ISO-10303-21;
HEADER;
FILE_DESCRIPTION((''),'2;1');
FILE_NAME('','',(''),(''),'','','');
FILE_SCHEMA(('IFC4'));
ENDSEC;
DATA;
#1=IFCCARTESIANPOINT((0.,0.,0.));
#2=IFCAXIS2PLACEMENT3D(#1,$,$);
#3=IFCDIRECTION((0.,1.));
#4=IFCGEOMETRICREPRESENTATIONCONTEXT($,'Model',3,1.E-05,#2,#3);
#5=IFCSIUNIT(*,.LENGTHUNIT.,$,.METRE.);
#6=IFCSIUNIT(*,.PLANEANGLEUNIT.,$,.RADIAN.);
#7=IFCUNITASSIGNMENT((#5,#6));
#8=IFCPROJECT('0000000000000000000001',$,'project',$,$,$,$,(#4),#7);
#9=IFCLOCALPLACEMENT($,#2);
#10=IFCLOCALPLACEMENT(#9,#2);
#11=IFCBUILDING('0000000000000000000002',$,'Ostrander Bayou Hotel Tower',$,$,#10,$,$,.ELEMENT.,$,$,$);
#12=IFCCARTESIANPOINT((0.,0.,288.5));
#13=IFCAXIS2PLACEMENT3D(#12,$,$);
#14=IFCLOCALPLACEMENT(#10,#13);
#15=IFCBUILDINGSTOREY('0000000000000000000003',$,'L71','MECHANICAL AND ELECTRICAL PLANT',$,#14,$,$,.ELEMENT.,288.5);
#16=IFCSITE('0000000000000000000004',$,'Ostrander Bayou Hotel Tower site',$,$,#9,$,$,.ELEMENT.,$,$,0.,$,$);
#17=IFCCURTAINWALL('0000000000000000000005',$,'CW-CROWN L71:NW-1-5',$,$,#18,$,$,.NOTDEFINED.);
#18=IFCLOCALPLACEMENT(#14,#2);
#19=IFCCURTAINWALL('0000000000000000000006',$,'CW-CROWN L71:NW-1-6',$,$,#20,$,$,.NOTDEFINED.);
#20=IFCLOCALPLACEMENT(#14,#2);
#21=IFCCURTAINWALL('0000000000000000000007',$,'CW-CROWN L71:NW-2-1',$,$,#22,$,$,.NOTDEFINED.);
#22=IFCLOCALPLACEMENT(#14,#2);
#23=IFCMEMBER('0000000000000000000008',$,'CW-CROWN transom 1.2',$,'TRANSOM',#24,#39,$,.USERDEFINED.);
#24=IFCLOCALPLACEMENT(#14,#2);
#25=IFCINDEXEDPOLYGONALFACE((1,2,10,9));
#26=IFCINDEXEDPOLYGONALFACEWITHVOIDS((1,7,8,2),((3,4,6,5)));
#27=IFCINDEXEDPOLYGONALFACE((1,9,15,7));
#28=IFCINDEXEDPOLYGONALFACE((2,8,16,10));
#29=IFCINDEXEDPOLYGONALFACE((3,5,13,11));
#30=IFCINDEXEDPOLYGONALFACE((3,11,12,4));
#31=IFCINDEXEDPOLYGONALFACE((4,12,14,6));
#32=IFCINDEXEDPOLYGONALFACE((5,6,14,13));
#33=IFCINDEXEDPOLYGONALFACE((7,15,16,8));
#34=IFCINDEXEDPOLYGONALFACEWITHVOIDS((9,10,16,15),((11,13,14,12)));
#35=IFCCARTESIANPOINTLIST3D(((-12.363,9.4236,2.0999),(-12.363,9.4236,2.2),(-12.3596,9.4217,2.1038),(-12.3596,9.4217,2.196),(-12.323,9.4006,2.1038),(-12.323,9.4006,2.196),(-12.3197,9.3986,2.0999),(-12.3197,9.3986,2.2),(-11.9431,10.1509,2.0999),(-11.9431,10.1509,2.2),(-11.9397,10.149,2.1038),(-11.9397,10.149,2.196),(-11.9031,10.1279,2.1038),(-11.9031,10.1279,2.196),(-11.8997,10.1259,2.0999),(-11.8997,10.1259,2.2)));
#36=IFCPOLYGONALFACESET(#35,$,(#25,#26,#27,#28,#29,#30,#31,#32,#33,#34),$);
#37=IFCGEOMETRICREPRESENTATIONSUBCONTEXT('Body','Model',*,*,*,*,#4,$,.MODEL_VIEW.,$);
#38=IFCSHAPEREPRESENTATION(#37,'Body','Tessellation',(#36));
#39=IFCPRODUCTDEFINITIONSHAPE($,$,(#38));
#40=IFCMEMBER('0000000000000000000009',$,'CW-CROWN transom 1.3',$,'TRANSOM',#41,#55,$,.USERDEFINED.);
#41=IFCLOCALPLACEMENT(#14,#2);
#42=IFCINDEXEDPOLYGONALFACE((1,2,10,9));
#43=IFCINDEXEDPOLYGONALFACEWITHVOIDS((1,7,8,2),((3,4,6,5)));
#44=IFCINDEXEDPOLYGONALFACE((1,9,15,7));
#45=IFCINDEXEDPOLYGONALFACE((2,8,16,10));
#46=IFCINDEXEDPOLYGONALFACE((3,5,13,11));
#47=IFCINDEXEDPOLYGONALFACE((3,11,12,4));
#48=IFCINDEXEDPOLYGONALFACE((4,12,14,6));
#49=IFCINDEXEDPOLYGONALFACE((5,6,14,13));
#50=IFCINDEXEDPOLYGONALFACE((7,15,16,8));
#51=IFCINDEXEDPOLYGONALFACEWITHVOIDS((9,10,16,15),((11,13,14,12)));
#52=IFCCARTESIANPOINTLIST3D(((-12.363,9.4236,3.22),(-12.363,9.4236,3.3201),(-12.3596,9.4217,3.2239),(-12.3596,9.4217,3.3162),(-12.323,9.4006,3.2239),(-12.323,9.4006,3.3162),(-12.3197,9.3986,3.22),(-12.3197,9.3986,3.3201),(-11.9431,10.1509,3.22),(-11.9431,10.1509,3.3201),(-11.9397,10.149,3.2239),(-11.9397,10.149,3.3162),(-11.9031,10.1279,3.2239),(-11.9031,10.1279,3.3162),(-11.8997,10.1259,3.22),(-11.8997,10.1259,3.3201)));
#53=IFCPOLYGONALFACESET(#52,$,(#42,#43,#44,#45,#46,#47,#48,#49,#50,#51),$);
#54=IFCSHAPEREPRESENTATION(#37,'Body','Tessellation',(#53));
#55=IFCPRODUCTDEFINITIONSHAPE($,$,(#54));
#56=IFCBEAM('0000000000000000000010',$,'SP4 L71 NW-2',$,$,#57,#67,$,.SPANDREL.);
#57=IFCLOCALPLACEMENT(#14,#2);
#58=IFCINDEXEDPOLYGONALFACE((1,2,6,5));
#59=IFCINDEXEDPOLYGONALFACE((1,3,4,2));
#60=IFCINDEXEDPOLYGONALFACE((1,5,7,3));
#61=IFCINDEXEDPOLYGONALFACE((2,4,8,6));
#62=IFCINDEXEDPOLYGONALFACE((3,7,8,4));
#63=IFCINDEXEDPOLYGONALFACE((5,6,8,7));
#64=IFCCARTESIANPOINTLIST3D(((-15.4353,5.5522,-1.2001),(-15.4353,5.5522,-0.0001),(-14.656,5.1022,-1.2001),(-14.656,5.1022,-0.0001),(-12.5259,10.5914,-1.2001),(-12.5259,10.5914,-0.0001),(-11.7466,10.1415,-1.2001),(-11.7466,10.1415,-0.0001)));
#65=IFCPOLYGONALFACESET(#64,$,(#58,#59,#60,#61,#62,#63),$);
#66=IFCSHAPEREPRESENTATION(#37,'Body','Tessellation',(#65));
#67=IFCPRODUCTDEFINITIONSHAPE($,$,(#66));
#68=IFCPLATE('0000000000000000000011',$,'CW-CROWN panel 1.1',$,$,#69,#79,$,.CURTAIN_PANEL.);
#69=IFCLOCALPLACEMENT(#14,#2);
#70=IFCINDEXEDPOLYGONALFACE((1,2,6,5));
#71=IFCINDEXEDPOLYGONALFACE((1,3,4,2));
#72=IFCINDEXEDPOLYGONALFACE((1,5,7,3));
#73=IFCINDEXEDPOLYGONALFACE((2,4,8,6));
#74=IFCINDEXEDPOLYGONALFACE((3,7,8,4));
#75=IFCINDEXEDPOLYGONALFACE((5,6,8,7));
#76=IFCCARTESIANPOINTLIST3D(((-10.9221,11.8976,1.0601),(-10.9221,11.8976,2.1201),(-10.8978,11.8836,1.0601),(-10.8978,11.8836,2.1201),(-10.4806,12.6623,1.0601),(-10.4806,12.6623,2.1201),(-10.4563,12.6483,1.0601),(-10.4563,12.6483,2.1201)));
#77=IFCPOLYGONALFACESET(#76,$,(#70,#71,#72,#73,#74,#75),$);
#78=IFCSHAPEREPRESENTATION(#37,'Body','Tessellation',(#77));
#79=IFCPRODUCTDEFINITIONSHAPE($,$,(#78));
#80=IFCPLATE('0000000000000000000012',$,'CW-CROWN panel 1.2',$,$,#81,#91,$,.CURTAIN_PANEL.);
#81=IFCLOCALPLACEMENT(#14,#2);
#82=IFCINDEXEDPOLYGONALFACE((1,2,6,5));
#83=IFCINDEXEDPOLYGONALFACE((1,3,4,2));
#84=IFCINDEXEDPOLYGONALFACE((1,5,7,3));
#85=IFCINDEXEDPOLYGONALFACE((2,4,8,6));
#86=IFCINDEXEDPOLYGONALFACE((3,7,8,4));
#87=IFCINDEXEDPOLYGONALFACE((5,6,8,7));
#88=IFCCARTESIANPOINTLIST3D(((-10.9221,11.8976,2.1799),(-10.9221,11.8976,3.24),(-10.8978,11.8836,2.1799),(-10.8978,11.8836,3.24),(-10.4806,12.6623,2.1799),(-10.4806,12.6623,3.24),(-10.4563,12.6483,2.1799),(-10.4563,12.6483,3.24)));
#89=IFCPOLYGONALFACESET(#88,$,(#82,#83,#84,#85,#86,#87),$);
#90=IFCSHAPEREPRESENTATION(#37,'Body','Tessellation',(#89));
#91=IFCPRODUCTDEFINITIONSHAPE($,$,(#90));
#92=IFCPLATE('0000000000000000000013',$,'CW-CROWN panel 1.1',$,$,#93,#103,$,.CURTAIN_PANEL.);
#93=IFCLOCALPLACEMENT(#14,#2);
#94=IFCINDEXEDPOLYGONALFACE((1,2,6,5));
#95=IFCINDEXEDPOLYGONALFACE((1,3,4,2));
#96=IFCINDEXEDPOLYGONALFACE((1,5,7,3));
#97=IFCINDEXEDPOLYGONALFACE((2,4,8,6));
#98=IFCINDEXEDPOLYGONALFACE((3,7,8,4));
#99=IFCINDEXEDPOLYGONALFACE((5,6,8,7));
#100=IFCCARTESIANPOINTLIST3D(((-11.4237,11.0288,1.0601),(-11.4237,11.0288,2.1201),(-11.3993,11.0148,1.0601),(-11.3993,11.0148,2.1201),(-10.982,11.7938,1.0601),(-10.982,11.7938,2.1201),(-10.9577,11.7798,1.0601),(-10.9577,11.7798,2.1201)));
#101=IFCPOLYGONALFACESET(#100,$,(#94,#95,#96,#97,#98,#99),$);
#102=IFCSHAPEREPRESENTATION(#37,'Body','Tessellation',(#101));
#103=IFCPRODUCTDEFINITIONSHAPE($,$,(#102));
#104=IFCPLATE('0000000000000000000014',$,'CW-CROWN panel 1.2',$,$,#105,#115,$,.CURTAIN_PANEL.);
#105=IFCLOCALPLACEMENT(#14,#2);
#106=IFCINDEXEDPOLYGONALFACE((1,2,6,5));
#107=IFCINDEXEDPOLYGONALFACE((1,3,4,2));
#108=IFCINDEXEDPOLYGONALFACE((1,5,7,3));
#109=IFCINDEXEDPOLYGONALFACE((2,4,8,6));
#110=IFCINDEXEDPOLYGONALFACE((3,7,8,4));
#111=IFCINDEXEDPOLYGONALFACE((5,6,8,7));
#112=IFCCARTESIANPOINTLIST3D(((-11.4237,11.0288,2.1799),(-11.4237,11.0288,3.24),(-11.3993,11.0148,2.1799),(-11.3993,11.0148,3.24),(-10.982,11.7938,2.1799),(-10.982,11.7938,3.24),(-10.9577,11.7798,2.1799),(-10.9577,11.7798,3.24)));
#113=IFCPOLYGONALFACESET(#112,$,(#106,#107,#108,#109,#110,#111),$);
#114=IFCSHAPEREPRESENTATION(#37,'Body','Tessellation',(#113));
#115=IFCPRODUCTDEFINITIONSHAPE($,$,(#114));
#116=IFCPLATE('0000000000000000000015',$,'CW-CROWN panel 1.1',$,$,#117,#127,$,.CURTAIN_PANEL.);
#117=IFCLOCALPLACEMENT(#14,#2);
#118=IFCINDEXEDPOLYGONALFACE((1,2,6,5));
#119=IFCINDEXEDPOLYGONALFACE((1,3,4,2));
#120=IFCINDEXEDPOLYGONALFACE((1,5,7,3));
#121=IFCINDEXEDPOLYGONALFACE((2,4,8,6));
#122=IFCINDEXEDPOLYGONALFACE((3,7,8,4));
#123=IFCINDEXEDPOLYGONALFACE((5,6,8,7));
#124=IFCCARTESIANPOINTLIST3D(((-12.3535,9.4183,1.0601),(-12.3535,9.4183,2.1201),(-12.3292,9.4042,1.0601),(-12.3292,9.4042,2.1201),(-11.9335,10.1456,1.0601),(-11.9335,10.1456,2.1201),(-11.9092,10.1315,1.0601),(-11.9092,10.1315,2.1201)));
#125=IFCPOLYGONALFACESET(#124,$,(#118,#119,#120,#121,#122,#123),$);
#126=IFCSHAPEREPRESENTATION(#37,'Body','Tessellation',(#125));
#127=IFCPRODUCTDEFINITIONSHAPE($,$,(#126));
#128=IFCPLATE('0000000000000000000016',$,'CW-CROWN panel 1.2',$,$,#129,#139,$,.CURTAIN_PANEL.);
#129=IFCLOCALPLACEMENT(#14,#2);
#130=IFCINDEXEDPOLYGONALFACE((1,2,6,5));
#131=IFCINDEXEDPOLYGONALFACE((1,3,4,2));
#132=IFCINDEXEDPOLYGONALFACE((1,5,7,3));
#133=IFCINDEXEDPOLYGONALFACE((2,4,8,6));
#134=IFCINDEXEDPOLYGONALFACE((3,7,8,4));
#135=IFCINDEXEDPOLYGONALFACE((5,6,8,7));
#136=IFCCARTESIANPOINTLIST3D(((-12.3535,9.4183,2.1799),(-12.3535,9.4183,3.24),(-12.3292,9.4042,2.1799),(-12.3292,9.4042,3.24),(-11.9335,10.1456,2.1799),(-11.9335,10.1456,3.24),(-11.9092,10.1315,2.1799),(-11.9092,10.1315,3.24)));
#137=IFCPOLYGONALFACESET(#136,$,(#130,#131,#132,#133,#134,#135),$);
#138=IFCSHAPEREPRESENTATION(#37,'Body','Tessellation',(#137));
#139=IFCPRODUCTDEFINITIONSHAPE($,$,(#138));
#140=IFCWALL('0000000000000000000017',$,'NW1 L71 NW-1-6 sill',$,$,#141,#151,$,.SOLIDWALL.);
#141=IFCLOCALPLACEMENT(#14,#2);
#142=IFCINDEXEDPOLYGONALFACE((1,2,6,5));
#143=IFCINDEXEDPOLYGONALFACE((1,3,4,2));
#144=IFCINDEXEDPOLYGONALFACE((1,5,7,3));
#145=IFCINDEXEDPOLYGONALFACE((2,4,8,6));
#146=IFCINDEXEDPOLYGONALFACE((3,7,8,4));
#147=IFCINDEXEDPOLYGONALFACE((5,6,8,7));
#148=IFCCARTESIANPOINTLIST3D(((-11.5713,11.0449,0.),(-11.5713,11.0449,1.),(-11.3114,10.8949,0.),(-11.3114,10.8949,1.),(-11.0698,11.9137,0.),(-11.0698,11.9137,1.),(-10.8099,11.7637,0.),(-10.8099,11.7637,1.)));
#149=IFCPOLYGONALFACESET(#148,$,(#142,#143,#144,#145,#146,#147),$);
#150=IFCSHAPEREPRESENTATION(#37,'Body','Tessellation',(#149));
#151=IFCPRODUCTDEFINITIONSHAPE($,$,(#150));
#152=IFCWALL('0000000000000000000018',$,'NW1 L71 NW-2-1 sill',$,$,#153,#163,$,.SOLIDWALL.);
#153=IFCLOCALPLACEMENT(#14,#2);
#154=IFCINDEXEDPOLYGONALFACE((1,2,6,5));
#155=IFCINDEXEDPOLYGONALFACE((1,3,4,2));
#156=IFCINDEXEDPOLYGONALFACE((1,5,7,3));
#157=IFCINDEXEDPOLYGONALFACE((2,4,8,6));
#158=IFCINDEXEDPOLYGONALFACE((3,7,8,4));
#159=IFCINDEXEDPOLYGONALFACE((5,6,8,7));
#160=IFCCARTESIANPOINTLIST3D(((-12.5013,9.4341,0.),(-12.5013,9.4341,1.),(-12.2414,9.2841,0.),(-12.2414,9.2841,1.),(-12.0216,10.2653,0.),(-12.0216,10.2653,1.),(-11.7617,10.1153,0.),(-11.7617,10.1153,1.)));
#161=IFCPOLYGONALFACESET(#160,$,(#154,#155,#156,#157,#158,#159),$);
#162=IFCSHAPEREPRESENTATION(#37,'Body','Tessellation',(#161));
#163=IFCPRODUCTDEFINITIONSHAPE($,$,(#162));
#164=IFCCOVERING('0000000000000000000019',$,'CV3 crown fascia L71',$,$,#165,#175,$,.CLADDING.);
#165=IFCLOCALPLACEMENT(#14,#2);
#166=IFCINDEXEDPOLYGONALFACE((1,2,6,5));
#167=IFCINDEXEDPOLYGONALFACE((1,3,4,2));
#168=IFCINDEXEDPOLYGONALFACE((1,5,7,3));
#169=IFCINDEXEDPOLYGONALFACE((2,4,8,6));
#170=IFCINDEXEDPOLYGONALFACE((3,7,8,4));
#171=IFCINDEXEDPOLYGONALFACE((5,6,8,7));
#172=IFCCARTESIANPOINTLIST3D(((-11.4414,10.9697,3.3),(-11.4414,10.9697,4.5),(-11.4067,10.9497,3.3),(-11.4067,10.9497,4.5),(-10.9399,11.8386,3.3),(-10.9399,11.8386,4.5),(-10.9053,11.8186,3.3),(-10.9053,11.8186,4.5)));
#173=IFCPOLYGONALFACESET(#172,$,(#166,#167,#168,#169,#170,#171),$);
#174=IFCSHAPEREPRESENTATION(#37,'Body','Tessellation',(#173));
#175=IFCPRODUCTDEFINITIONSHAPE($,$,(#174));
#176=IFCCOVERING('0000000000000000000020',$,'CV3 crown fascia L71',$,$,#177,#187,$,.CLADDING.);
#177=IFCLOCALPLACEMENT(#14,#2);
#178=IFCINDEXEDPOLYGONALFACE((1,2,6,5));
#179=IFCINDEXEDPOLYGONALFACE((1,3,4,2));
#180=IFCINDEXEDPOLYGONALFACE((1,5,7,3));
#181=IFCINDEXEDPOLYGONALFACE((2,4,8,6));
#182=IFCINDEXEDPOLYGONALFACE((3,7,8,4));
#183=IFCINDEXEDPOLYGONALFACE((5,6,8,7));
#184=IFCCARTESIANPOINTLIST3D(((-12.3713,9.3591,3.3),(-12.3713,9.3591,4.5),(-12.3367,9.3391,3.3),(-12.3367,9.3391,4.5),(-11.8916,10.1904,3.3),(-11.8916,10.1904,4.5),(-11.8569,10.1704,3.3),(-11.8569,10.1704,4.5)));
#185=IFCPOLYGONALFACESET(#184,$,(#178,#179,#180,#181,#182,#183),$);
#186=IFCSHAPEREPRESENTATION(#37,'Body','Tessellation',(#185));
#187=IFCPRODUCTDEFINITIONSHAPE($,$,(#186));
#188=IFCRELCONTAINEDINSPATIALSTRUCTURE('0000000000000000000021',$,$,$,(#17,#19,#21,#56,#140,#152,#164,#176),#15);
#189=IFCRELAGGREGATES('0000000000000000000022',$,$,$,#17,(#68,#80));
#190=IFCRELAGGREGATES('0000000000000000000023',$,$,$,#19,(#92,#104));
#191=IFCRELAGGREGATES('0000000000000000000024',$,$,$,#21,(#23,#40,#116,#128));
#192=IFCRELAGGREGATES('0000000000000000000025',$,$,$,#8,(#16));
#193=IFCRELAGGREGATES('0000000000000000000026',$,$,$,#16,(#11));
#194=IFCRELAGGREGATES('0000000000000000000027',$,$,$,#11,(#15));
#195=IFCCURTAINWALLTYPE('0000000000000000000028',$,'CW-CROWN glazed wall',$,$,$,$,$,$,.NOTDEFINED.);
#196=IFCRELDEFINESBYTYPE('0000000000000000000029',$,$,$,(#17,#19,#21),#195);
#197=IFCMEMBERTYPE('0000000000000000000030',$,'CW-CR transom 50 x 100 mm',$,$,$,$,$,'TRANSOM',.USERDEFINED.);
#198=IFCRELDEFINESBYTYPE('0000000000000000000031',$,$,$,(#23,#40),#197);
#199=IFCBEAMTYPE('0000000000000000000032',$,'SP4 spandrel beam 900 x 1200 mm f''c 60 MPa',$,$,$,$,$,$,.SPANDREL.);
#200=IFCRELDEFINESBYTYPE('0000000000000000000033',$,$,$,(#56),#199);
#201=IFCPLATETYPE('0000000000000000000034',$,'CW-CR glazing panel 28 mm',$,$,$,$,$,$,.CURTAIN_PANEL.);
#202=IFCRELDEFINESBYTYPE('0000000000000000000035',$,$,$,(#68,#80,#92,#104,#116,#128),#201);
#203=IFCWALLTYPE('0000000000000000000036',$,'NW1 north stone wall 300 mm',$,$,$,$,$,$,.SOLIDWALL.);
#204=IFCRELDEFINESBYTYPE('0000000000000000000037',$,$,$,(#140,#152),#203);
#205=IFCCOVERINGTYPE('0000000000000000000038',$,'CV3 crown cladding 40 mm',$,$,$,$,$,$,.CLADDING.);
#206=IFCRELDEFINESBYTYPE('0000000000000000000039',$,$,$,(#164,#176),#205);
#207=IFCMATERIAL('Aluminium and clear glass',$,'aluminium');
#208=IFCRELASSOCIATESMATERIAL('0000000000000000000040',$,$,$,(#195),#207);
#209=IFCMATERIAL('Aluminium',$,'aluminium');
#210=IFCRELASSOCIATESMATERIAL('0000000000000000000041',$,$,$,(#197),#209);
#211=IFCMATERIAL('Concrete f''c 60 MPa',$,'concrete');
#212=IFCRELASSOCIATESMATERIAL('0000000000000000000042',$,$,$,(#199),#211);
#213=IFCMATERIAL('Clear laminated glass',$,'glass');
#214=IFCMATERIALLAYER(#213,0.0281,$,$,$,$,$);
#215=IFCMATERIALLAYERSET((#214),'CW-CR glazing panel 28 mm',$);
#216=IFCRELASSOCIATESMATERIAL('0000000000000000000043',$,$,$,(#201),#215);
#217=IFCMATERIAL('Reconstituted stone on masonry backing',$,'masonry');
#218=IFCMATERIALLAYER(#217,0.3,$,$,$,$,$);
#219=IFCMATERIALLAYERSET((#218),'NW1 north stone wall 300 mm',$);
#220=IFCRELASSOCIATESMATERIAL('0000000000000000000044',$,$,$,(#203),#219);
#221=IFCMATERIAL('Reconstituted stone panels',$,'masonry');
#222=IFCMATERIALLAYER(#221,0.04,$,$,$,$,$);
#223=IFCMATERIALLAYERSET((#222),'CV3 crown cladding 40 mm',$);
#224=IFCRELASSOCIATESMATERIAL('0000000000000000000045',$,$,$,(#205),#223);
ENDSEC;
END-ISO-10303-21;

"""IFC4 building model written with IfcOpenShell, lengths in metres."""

from ifc_helpers import new_model, si_unit, direction, frame, frame_2d, origin, origin_2d, place, context, subcontext, project, spatial, polyline, rectangle, hollow_rectangle, outline, extrude, material, layer, layer_set, material_profile, profile_set, type_object, element, aggregate, save


model = new_model("IFC4")

# Units and contexts
model_context = context("Model", 3, precision=1e-05, world=origin(), true_north=direction((0.0, 1.0)))
body_context = subcontext(model_context, "Body", "Model", "MODEL_VIEW")
ifc_project = project(units=[si_unit("LENGTHUNIT", "METRE"), si_unit("PLANEANGLEUNIT", "RADIAN")], contexts=[model_context])

# Site, building, storey
site_placement = place(None, origin())
site = spatial("IfcSite", under=ifc_project, at=site_placement, Name="Ostrander Bayou Hotel Tower site", CompositionType="ELEMENT", RefElevation=0.0)
building_placement = place(site_placement, origin())
building = spatial("IfcBuilding", under=site, at=building_placement, Name="Ostrander Bayou Hotel Tower", CompositionType="ELEMENT")
storey_placement = place(building_placement, frame((0.0, 0.0, 288.5)))
storey = spatial("IfcBuildingStorey", under=building, at=storey_placement, Name="L71", Description="MECHANICAL AND ELECTRICAL PLANT", CompositionType="ELEMENT", Elevation=288.5)

# Curtain wall
ifc_material_1 = material(Name="Aluminium and clear glass", Category="aluminium")
curtain_wall_type = type_object("IfcCurtainWallType", Name="CW-CROWN glazed wall", PredefinedType="NOTDEFINED", material=ifc_material_1)
curtain_wall_1_placement = place(storey_placement, origin())
curtain_wall_1 = element("IfcCurtainWall", 1, at=curtain_wall_1_placement, inside=storey, type_object=curtain_wall_type, Name="CW-CROWN L71:NW-1-5", PredefinedType="NOTDEFINED")

# Curtain wall
curtain_wall_2_placement = place(storey_placement, origin())
curtain_wall_2 = element("IfcCurtainWall", 2, at=curtain_wall_2_placement, inside=storey, type_object=curtain_wall_type, Name="CW-CROWN L71:NW-1-6", PredefinedType="NOTDEFINED")

# Curtain wall
curtain_wall_3_placement = place(storey_placement, origin())
curtain_wall_3 = element("IfcCurtainWall", 3, at=curtain_wall_3_placement, inside=storey, type_object=curtain_wall_type, Name="CW-CROWN L71:NW-2-1", PredefinedType="NOTDEFINED")

# Members
ifc_material_2 = material(Name="Aluminium", Category="aluminium")
ifc_material_profile_1 = material_profile(ifc_material_2, hollow_rectangle(XDim=0.05, YDim=0.1001, WallThickness=0.0039, at=origin_2d()))
ifc_profile_set_1 = profile_set([ifc_material_profile_1], Name="Aluminium")
member_type_1 = type_object("IfcMemberType", Name="CW-CR transom 50 x 100 mm", ElementType="TRANSOM", PredefinedType="USERDEFINED", material=ifc_profile_set_1)
member_1_placement = place(storey_placement, frame((-11.9214, 10.1384, 2.1499), z_axis=(-0.500016, -0.866016, 0.0), x_axis=(0.866016, -0.500016, 0.0)))
member_1 = element("IfcMember", 4, at=member_1_placement, type_object=member_type_1, Name="CW-CROWN transom 1.2", ObjectType="TRANSOM", PredefinedType="USERDEFINED", context=body_context, shape_type="SweptSolid", body=[
    extrude(hollow_rectangle(XDim=0.05, YDim=0.1001, WallThickness=0.0039, at=origin_2d()), origin(), (0.0, 0.0, 1.0), 0.8398),
])
member_2_placement = place(storey_placement, frame((-11.9214, 10.1384, 3.27), z_axis=(-0.500016, -0.866016, 0.0), x_axis=(0.866016, -0.500016, 0.0)))
member_2 = element("IfcMember", 5, at=member_2_placement, type_object=member_type_1, Name="CW-CROWN transom 1.3", ObjectType="TRANSOM", PredefinedType="USERDEFINED", context=body_context, shape_type="SweptSolid", body=[
    extrude(hollow_rectangle(XDim=0.05, YDim=0.1001, WallThickness=0.0039, at=origin_2d()), origin(), (0.0, 0.0, 1.0), 0.8398),
])

# Beam
ifc_material_3 = material(Name="Concrete f'c 60 MPa", Category="concrete")
ifc_material_profile_2 = material_profile(ifc_material_3, rectangle(XDim=0.8999, YDim=1.2, at=origin_2d()))
ifc_profile_set_2 = profile_set([ifc_material_profile_2], Name="Concrete f'c 60 MPa")
beam_type = type_object("IfcBeamType", Name="SP4 spandrel beam 900 x 1200 mm f'c 60 MPa", PredefinedType="SPANDREL", material=ifc_profile_set_2)
beam_placement = place(storey_placement, frame((-12.1362, 10.3665, -0.6001), z_axis=(-0.499997, -0.866027, 0.0), x_axis=(0.866027, -0.499997, 0.0)))
element("IfcBeam", 6, at=beam_placement, inside=storey, type_object=beam_type, Name="SP4 L71 NW-2", PredefinedType="SPANDREL", context=body_context, shape_type="SweptSolid", body=[
    extrude(rectangle(XDim=0.8999, YDim=1.2, at=origin_2d()), origin(), (0.0, 0.0, 1.0), 5.8188),
])

# Plates
ifc_material_4 = material(Name="Clear laminated glass", Category="glass")
ifc_layer_1 = layer(ifc_material_4, 0.0281)
ifc_layer_set_1 = layer_set([ifc_layer_1], Name="CW-CR glazing panel 28 mm")
plate_type = type_object("IfcPlateType", Name="CW-CR glazing panel 28 mm", PredefinedType="CURTAIN_PANEL", material=ifc_layer_set_1)
plate_1_placement = place(storey_placement, frame((-10.6892, 12.2729, 1.0601), z_axis=(0.0, 0.0, 1.0), x_axis=(-0.500042, -0.866001, 0.0)))
plate_1 = element("IfcPlate", 7, at=plate_1_placement, type_object=plate_type, Name="CW-CROWN panel 1.1", PredefinedType="CURTAIN_PANEL", context=body_context, shape_type="SweptSolid", body=[
    extrude(rectangle(XDim=0.8831, YDim=0.0281, at=origin_2d()), origin(), (0.0, 0.0, 1.0), 1.0601),
])
plate_2_placement = place(storey_placement, frame((-10.6892, 12.2729, 2.1799), z_axis=(0.0, 0.0, 1.0), x_axis=(-0.500042, -0.866001, 0.0)))
plate_2 = element("IfcPlate", 8, at=plate_2_placement, type_object=plate_type, Name="CW-CROWN panel 1.2", PredefinedType="CURTAIN_PANEL", context=body_context, shape_type="SweptSolid", body=[
    extrude(rectangle(XDim=0.8831, YDim=0.0281, at=origin_2d()), origin(), (0.0, 0.0, 1.0), 1.0601),
])
aggregate(curtain_wall_1, [plate_1, plate_2])
plate_3_placement = place(storey_placement, frame((-11.1907, 11.4043, 1.0601), z_axis=(0.0, 0.0, 1.0), x_axis=(-0.499999, -0.866026, 0.0)))
plate_3 = element("IfcPlate", 9, at=plate_3_placement, type_object=plate_type, Name="CW-CROWN panel 1.1", PredefinedType="CURTAIN_PANEL", context=body_context, shape_type="SweptSolid", body=[
    extrude(rectangle(XDim=0.8833, YDim=0.0281, at=origin_2d()), origin(), (0.0, 0.0, 1.0), 1.0601),
])
plate_4_placement = place(storey_placement, frame((-11.1907, 11.4043, 2.1799), z_axis=(0.0, 0.0, 1.0), x_axis=(-0.499999, -0.866026, 0.0)))
plate_4 = element("IfcPlate", 10, at=plate_4_placement, type_object=plate_type, Name="CW-CROWN panel 1.2", PredefinedType="CURTAIN_PANEL", context=body_context, shape_type="SweptSolid", body=[
    extrude(rectangle(XDim=0.8833, YDim=0.0281, at=origin_2d()), origin(), (0.0, 0.0, 1.0), 1.0601),
])
aggregate(curtain_wall_2, [plate_3, plate_4])
plate_5_placement = place(storey_placement, frame((-12.1313, 9.7749, 1.0601), z_axis=(0.0, 0.0, 1.0), x_axis=(-0.500005, -0.866022, 0.0)))
plate_5 = element("IfcPlate", 11, at=plate_5_placement, type_object=plate_type, Name="CW-CROWN panel 1.1", PredefinedType="CURTAIN_PANEL", context=body_context, shape_type="SweptSolid", body=[
    extrude(rectangle(XDim=0.8398, YDim=0.0281, at=origin_2d()), origin(), (0.0, 0.0, 1.0), 1.0601),
])
plate_6_placement = place(storey_placement, frame((-12.1313, 9.7749, 2.1799), z_axis=(0.0, 0.0, 1.0), x_axis=(-0.500005, -0.866022, 0.0)))
plate_6 = element("IfcPlate", 12, at=plate_6_placement, type_object=plate_type, Name="CW-CROWN panel 1.2", PredefinedType="CURTAIN_PANEL", context=body_context, shape_type="SweptSolid", body=[
    extrude(rectangle(XDim=0.8398, YDim=0.0281, at=origin_2d()), origin(), (0.0, 0.0, 1.0), 1.0601),
])
aggregate(curtain_wall_3, [member_1, member_2, plate_5, plate_6])

# Walls
ifc_material_5 = material(Name="Reconstituted stone on masonry backing", Category="masonry")
ifc_layer_2 = layer(ifc_material_5, 0.3)
ifc_layer_set_2 = layer_set([ifc_layer_2], Name="NW1 north stone wall 300 mm")
wall_type = type_object("IfcWallType", Name="NW1 north stone wall 300 mm", PredefinedType="SOLIDWALL", material=ifc_layer_set_2)
wall_1_placement = place(storey_placement, frame((-10.9399, 11.8386, 0.0), z_axis=(0.0, 0.0, 1.0), x_axis=(-0.499856, -0.866109, 0.0)))
element("IfcWall", 13, at=wall_1_placement, inside=storey, type_object=wall_type, Name="NW1 L71 NW-1-6 sill", PredefinedType="SOLIDWALL", context=body_context, shape_type="SweptSolid", body=[
    extrude(rectangle(XDim=1.0032, YDim=0.3, at=frame_2d((0.5015, 0.0))), origin(), (0.0, 0.0, 1.0), 1.0),
])
wall_2_placement = place(storey_placement, frame((-11.8916, 10.1904, 0.0), z_axis=(0.0, 0.0, 1.0), x_axis=(-0.499833, -0.866122, 0.0)))
element("IfcWall", 14, at=wall_2_placement, inside=storey, type_object=wall_type, Name="NW1 L71 NW-2-1 sill", PredefinedType="SOLIDWALL", context=body_context, shape_type="SweptSolid", body=[
    extrude(rectangle(XDim=0.9597, YDim=0.3, at=frame_2d((0.48, 0.0))), origin(), (0.0, 0.0, 1.0), 1.0),
])

# Coverings
ifc_material_6 = material(Name="Reconstituted stone panels", Category="masonry")
ifc_layer_3 = layer(ifc_material_6, 0.04)
ifc_layer_set_3 = layer_set([ifc_layer_3], Name="CV3 crown cladding 40 mm")
covering_type = type_object("IfcCoveringType", Name="CV3 crown cladding 40 mm", PredefinedType="CLADDING", material=ifc_layer_set_3)
covering_1_placement = place(storey_placement, frame((-10.9399, 11.8386, 3.3), z_axis=(-0.866109, 0.499856, 0.0), x_axis=(-0.499856, -0.866109, 0.0)))
element("IfcCovering", 15, at=covering_1_placement, inside=storey, type_object=covering_type, Name="CV3 crown fascia L71", PredefinedType="CLADDING", context=body_context, shape_type="SweptSolid", body=[
    extrude(outline(polyline([(0.0, 0.0), (1.0032, 0.0), (1.0032, 1.2), (0.0, 1.2), (0.0, 0.0)])), origin(), (0.0, 0.0, -1.0), 0.04),
])
covering_2_placement = place(storey_placement, frame((-11.8916, 10.1904, 3.3), z_axis=(-0.866122, 0.499833, 0.0), x_axis=(-0.499833, -0.866122, 0.0)))
element("IfcCovering", 16, at=covering_2_placement, inside=storey, type_object=covering_type, Name="CV3 crown fascia L71", PredefinedType="CLADDING", context=body_context, shape_type="SweptSolid", body=[
    extrude(outline(polyline([(0.0, 0.0), (0.9598, 0.0), (0.9598, 1.2), (0.0, 1.2), (0.0, 0.0)])), origin(), (0.0, 0.0, -1.0), 0.04),
])

save(model, "model.ifc")
